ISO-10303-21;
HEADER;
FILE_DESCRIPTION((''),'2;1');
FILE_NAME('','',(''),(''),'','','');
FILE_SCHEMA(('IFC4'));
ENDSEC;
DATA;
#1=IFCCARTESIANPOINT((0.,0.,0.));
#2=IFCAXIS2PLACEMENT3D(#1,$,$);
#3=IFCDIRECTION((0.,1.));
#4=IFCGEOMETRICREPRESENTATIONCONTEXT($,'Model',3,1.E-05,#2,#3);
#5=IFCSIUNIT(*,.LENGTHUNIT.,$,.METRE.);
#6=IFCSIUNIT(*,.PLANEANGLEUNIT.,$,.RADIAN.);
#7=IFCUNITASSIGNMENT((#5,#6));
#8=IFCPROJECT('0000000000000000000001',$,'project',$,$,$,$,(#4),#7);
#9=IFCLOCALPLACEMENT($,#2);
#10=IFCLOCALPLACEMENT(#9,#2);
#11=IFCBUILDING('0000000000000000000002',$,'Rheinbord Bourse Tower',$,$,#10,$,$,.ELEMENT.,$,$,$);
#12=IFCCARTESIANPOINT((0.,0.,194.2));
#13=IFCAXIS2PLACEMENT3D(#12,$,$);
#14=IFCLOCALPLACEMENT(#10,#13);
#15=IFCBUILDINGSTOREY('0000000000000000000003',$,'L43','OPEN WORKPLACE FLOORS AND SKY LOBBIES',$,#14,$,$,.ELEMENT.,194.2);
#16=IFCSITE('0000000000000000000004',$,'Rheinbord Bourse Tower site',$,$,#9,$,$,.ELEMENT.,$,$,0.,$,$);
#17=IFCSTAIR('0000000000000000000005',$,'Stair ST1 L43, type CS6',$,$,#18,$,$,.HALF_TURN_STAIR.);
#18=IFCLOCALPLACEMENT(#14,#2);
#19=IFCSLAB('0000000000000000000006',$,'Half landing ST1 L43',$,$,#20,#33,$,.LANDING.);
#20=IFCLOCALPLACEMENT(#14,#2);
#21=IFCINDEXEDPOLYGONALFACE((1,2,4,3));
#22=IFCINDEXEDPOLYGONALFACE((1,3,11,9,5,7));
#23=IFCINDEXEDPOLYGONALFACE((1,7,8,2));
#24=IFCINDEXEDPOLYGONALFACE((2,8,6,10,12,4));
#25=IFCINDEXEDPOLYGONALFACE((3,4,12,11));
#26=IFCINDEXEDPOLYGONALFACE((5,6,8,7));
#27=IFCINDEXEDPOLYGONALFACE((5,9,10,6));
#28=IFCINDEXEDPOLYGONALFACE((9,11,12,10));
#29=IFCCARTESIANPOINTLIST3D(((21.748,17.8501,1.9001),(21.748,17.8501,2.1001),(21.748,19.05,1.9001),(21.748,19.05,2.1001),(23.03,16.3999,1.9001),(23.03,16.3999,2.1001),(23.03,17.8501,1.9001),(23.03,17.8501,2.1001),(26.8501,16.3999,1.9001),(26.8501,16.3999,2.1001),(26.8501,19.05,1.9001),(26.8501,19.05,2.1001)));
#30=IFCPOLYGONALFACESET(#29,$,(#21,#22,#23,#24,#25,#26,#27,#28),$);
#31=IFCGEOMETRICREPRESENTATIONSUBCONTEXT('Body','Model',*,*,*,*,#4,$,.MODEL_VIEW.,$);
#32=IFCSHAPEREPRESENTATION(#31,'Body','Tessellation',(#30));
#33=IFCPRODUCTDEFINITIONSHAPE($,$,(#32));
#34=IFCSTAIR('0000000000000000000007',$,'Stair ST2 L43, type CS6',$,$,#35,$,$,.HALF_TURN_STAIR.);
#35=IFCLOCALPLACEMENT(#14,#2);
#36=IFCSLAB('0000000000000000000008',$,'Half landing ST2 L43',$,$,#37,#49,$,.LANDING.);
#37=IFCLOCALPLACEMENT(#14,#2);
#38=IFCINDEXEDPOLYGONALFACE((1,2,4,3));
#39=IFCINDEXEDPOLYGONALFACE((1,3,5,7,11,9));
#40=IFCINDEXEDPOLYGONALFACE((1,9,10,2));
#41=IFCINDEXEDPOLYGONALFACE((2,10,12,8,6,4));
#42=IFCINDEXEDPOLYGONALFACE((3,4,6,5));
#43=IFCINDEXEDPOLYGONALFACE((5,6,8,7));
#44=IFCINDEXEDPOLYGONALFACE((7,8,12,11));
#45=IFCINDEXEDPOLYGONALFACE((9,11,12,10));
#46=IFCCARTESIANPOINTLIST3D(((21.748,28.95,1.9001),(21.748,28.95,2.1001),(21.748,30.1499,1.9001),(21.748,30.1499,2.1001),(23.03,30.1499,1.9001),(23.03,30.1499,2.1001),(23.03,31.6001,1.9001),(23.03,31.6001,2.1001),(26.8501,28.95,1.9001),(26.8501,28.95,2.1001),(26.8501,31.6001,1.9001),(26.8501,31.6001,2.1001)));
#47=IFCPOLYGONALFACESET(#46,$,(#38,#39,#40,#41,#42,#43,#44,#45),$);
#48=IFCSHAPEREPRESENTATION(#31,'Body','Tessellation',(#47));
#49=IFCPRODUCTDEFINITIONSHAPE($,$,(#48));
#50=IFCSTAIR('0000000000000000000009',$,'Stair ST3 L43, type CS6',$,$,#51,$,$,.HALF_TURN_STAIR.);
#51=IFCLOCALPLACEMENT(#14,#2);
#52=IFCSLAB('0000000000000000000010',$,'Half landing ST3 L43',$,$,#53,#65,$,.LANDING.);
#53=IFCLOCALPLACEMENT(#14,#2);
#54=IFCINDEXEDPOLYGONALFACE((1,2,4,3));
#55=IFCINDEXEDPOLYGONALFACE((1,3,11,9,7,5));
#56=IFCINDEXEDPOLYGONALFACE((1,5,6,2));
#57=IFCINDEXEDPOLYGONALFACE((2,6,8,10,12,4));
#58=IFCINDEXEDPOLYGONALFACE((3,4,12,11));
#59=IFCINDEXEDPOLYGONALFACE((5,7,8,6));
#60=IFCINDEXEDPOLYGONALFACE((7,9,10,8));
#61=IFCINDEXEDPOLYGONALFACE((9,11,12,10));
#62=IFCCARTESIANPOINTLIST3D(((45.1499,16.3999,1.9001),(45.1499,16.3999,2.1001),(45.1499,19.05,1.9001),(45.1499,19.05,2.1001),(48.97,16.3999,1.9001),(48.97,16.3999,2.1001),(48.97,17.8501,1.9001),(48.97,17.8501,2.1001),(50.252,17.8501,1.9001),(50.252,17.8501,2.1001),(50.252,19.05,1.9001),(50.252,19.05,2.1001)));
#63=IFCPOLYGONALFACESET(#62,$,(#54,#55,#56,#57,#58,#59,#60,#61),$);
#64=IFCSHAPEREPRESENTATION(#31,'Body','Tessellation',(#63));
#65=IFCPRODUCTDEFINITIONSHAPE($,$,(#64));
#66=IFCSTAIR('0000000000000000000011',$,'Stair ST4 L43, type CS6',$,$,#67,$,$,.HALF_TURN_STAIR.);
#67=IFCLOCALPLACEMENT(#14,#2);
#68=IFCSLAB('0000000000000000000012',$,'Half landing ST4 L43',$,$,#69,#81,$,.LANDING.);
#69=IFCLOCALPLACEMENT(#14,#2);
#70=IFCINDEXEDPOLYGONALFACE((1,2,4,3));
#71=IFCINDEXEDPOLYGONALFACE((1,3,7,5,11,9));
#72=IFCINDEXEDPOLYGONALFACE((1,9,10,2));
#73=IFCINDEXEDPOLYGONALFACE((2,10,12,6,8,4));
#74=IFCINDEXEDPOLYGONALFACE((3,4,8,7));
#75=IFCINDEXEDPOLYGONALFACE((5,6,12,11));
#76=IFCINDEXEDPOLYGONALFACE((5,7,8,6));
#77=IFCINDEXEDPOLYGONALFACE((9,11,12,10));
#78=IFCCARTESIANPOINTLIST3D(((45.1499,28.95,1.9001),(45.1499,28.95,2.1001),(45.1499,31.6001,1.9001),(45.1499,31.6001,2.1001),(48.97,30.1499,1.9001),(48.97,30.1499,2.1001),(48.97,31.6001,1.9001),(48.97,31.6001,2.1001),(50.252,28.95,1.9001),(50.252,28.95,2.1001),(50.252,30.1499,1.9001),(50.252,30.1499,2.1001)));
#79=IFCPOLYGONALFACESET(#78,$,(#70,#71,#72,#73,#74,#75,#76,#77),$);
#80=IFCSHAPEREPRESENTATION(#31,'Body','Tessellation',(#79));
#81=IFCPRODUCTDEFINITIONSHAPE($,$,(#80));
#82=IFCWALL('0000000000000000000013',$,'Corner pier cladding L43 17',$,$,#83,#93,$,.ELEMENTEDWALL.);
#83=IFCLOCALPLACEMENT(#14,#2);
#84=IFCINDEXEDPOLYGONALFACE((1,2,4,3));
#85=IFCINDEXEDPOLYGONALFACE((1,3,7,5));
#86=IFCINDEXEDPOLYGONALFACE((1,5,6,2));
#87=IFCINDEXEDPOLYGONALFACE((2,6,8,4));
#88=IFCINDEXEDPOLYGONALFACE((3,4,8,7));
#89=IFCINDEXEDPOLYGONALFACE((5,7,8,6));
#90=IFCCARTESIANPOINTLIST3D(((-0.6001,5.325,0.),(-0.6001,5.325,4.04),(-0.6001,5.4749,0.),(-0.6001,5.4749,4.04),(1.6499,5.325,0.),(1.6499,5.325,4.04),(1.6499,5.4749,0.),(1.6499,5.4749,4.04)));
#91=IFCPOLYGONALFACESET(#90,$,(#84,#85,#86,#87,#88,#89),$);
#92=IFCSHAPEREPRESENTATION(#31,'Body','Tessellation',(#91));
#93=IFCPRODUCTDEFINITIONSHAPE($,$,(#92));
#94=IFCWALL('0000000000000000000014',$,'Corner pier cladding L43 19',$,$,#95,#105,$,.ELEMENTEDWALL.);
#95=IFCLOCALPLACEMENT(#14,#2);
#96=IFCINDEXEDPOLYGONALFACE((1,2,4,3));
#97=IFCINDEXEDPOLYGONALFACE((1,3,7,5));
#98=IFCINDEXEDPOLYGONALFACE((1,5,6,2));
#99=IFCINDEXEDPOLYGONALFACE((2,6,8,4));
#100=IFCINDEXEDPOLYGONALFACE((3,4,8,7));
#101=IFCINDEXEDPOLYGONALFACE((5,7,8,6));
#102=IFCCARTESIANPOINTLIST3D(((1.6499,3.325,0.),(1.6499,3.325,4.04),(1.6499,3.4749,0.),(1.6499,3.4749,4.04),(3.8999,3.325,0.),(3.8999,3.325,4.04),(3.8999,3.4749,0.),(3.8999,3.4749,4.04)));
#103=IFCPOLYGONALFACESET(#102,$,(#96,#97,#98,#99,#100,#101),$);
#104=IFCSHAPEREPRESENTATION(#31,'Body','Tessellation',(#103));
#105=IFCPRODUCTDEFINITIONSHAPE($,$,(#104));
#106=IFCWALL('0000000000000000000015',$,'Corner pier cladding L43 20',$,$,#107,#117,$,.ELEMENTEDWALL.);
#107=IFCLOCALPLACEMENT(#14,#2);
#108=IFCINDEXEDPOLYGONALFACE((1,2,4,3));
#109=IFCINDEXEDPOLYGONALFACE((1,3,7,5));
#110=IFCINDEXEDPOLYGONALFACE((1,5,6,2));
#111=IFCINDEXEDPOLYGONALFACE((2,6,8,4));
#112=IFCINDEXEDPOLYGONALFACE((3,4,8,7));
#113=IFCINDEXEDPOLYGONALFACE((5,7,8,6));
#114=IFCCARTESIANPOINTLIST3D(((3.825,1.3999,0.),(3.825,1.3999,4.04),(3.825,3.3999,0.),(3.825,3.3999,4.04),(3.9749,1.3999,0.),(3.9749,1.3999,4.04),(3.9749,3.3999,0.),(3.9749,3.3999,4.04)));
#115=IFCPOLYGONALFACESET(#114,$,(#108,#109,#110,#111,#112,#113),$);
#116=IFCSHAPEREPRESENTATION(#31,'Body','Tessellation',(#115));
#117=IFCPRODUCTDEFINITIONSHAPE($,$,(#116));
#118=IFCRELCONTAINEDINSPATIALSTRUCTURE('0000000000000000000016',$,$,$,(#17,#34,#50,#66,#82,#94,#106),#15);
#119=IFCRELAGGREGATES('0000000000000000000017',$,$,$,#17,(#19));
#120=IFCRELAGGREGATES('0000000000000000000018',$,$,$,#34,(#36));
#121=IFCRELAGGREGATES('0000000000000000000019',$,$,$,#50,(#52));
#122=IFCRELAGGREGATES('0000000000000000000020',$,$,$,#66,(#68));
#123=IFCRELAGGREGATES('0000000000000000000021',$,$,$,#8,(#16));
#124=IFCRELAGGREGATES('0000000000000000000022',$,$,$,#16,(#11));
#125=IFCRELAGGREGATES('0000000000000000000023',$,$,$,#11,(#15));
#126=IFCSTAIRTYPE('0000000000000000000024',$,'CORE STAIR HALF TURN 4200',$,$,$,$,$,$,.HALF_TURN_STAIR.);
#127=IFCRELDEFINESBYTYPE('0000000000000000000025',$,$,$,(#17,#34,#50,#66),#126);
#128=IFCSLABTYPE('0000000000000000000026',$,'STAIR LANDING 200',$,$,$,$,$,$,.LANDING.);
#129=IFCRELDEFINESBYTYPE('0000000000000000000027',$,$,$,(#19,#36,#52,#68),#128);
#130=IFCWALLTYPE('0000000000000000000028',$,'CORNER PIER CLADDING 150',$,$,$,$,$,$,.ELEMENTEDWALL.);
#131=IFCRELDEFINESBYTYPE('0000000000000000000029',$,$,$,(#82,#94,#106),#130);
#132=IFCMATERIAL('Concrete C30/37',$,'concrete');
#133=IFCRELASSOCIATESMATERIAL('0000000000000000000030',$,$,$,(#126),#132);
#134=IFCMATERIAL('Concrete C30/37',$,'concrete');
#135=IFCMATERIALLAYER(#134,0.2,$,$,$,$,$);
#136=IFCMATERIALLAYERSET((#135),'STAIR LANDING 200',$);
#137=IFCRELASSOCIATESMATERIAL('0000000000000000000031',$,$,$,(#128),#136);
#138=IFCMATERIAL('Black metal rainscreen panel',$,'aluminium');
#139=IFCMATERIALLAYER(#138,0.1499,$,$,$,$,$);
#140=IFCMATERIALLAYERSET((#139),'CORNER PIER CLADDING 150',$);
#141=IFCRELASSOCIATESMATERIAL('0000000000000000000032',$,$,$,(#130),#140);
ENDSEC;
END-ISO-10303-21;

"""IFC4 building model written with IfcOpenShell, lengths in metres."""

from ifc_helpers import new_model, si_unit, direction, frame, frame_2d, origin, place, context, subcontext, project, spatial, polyline, rectangle, outline, extrude, material, layer, layer_set, type_object, element, aggregate, save


model = new_model("IFC4")

# Units and contexts
model_context = context("Model", 3, precision=1e-05, world=origin(), true_north=direction((0.0, 1.0)))
body_context = subcontext(model_context, "Body", "Model", "MODEL_VIEW")
ifc_project = project(units=[si_unit("LENGTHUNIT", "METRE"), si_unit("PLANEANGLEUNIT", "RADIAN")], contexts=[model_context])

# Site, building, storey
site_placement = place(None, origin())
site = spatial("IfcSite", under=ifc_project, at=site_placement, Name="Rheinbord Bourse Tower site", CompositionType="ELEMENT", RefElevation=0.0)
building_placement = place(site_placement, origin())
building = spatial("IfcBuilding", under=site, at=building_placement, Name="Rheinbord Bourse Tower", CompositionType="ELEMENT")
storey_placement = place(building_placement, frame((0.0, 0.0, 194.2)))
storey = spatial("IfcBuildingStorey", under=building, at=storey_placement, Name="L43", Description="OPEN WORKPLACE FLOORS AND SKY LOBBIES", CompositionType="ELEMENT", Elevation=194.2)

# Stairs, slabs
ifc_material_1 = material(Name="Concrete C30/37", Category="concrete")
stair_type = type_object("IfcStairType", Name="CORE STAIR HALF TURN 4200", PredefinedType="HALF_TURN_STAIR", material=ifc_material_1)
stair_1_placement = place(storey_placement, origin())
stair_1 = element("IfcStair", 1, at=stair_1_placement, inside=storey, type_object=stair_type, Name="Stair ST1 L43, type CS6", PredefinedType="HALF_TURN_STAIR")
ifc_material_2 = material(Name="Concrete C30/37", Category="concrete")
ifc_layer_1 = layer(ifc_material_2, 0.2)
ifc_layer_set_1 = layer_set([ifc_layer_1], Name="STAIR LANDING 200")
slab_type_1 = type_object("IfcSlabType", Name="STAIR LANDING 200", PredefinedType="LANDING", material=ifc_layer_set_1)
slab_1_placement = place(storey_placement, frame((0.0, 0.0, 1.9001)))
slab_1 = element("IfcSlab", 2, at=slab_1_placement, type_object=slab_type_1, Name="Half landing ST1 L43", PredefinedType="LANDING", context=body_context, shape_type="SweptSolid", body=[
    extrude(outline(polyline([(23.03, 16.3999), (26.8501, 16.3999), (26.8501, 19.05), (21.748, 19.05), (21.748, 17.8501), (23.03, 17.8501), (23.03, 16.3999)])), origin(), (0.0, 0.0, 1.0), 0.2),
])
aggregate(stair_1, [slab_1])
stair_2_placement = place(storey_placement, origin())
stair_2 = element("IfcStair", 3, at=stair_2_placement, inside=storey, type_object=stair_type, Name="Stair ST2 L43, type CS6", PredefinedType="HALF_TURN_STAIR")
slab_2_placement = place(storey_placement, frame((0.0, 0.0, 1.9001)))
slab_2 = element("IfcSlab", 4, at=slab_2_placement, type_object=slab_type_1, Name="Half landing ST2 L43", PredefinedType="LANDING", context=body_context, shape_type="SweptSolid", body=[
    extrude(outline(polyline([(21.748, 28.95), (26.8501, 28.95), (26.8501, 31.6001), (23.03, 31.6001), (23.03, 30.1499), (21.748, 30.1499), (21.748, 28.95)])), origin(), (0.0, 0.0, 1.0), 0.2),
])
aggregate(stair_2, [slab_2])
stair_3_placement = place(storey_placement, origin())
stair_3 = element("IfcStair", 5, at=stair_3_placement, inside=storey, type_object=stair_type, Name="Stair ST3 L43, type CS6", PredefinedType="HALF_TURN_STAIR")
slab_3_placement = place(storey_placement, frame((0.0, 0.0, 1.9001)))
slab_3 = element("IfcSlab", 6, at=slab_3_placement, type_object=slab_type_1, Name="Half landing ST3 L43", PredefinedType="LANDING", context=body_context, shape_type="SweptSolid", body=[
    extrude(outline(polyline([(45.1499, 16.3999), (48.97, 16.3999), (48.97, 17.8501), (50.252, 17.8501), (50.252, 19.05), (45.1499, 19.05), (45.1499, 16.3999)])), origin(), (0.0, 0.0, 1.0), 0.2),
])
aggregate(stair_3, [slab_3])
stair_4_placement = place(storey_placement, origin())
stair_4 = element("IfcStair", 7, at=stair_4_placement, inside=storey, type_object=stair_type, Name="Stair ST4 L43, type CS6", PredefinedType="HALF_TURN_STAIR")
slab_4_placement = place(storey_placement, frame((0.0, 0.0, 1.9001)))
slab_4 = element("IfcSlab", 8, at=slab_4_placement, type_object=slab_type_1, Name="Half landing ST4 L43", PredefinedType="LANDING", context=body_context, shape_type="SweptSolid", body=[
    extrude(outline(polyline([(45.1499, 28.95), (50.252, 28.95), (50.252, 30.1499), (48.97, 30.1499), (48.97, 31.6001), (45.1499, 31.6001), (45.1499, 28.95)])), origin(), (0.0, 0.0, 1.0), 0.2),
])
aggregate(stair_4, [slab_4])

# Walls
ifc_material_3 = material(Name="Black metal rainscreen panel", Category="aluminium")
ifc_layer_2 = layer(ifc_material_3, 0.1499)
ifc_layer_set_2 = layer_set([ifc_layer_2], Name="CORNER PIER CLADDING 150")
wall_type = type_object("IfcWallType", Name="CORNER PIER CLADDING 150", PredefinedType="ELEMENTEDWALL", material=ifc_layer_set_2)
for number, where, z_axis, x_axis, name in (
    (9, (-0.6001, 5.3999, 0.0), (0.0, 0.0, 1.0), (1.0, 0.0, 0.0), "Corner pier cladding L43 17"),
    (10, (1.6499, 3.3999, 0.0), (0.0, 0.0, 1.0), (1.0, 0.0, 0.0), "Corner pier cladding L43 19"),
):
    element("IfcWall", number, at=place(storey_placement, frame(where, z_axis=z_axis, x_axis=x_axis)), inside=storey, type_object=wall_type, Name=name, PredefinedType="ELEMENTEDWALL", context=body_context, shape_type="SweptSolid", body=[
        extrude(rectangle(XDim=2.25, YDim=0.1499, at=frame_2d((1.125, 0.0))), origin(), (0.0, 0.0, 1.0), 4.04),
    ])
wall_placement = place(storey_placement, frame((3.8999, 3.3999, 0.0), z_axis=(0.0, 0.0, 1.0), x_axis=(0.0, -1.0, 0.0)))
element("IfcWall", 11, at=wall_placement, inside=storey, type_object=wall_type, Name="Corner pier cladding L43 20", PredefinedType="ELEMENTEDWALL", context=body_context, shape_type="SweptSolid", body=[
    extrude(rectangle(XDim=2.0, YDim=0.1499, at=frame_2d((1.0, 0.0))), origin(), (0.0, 0.0, 1.0), 4.04),
])

save(model, "model.ifc")
